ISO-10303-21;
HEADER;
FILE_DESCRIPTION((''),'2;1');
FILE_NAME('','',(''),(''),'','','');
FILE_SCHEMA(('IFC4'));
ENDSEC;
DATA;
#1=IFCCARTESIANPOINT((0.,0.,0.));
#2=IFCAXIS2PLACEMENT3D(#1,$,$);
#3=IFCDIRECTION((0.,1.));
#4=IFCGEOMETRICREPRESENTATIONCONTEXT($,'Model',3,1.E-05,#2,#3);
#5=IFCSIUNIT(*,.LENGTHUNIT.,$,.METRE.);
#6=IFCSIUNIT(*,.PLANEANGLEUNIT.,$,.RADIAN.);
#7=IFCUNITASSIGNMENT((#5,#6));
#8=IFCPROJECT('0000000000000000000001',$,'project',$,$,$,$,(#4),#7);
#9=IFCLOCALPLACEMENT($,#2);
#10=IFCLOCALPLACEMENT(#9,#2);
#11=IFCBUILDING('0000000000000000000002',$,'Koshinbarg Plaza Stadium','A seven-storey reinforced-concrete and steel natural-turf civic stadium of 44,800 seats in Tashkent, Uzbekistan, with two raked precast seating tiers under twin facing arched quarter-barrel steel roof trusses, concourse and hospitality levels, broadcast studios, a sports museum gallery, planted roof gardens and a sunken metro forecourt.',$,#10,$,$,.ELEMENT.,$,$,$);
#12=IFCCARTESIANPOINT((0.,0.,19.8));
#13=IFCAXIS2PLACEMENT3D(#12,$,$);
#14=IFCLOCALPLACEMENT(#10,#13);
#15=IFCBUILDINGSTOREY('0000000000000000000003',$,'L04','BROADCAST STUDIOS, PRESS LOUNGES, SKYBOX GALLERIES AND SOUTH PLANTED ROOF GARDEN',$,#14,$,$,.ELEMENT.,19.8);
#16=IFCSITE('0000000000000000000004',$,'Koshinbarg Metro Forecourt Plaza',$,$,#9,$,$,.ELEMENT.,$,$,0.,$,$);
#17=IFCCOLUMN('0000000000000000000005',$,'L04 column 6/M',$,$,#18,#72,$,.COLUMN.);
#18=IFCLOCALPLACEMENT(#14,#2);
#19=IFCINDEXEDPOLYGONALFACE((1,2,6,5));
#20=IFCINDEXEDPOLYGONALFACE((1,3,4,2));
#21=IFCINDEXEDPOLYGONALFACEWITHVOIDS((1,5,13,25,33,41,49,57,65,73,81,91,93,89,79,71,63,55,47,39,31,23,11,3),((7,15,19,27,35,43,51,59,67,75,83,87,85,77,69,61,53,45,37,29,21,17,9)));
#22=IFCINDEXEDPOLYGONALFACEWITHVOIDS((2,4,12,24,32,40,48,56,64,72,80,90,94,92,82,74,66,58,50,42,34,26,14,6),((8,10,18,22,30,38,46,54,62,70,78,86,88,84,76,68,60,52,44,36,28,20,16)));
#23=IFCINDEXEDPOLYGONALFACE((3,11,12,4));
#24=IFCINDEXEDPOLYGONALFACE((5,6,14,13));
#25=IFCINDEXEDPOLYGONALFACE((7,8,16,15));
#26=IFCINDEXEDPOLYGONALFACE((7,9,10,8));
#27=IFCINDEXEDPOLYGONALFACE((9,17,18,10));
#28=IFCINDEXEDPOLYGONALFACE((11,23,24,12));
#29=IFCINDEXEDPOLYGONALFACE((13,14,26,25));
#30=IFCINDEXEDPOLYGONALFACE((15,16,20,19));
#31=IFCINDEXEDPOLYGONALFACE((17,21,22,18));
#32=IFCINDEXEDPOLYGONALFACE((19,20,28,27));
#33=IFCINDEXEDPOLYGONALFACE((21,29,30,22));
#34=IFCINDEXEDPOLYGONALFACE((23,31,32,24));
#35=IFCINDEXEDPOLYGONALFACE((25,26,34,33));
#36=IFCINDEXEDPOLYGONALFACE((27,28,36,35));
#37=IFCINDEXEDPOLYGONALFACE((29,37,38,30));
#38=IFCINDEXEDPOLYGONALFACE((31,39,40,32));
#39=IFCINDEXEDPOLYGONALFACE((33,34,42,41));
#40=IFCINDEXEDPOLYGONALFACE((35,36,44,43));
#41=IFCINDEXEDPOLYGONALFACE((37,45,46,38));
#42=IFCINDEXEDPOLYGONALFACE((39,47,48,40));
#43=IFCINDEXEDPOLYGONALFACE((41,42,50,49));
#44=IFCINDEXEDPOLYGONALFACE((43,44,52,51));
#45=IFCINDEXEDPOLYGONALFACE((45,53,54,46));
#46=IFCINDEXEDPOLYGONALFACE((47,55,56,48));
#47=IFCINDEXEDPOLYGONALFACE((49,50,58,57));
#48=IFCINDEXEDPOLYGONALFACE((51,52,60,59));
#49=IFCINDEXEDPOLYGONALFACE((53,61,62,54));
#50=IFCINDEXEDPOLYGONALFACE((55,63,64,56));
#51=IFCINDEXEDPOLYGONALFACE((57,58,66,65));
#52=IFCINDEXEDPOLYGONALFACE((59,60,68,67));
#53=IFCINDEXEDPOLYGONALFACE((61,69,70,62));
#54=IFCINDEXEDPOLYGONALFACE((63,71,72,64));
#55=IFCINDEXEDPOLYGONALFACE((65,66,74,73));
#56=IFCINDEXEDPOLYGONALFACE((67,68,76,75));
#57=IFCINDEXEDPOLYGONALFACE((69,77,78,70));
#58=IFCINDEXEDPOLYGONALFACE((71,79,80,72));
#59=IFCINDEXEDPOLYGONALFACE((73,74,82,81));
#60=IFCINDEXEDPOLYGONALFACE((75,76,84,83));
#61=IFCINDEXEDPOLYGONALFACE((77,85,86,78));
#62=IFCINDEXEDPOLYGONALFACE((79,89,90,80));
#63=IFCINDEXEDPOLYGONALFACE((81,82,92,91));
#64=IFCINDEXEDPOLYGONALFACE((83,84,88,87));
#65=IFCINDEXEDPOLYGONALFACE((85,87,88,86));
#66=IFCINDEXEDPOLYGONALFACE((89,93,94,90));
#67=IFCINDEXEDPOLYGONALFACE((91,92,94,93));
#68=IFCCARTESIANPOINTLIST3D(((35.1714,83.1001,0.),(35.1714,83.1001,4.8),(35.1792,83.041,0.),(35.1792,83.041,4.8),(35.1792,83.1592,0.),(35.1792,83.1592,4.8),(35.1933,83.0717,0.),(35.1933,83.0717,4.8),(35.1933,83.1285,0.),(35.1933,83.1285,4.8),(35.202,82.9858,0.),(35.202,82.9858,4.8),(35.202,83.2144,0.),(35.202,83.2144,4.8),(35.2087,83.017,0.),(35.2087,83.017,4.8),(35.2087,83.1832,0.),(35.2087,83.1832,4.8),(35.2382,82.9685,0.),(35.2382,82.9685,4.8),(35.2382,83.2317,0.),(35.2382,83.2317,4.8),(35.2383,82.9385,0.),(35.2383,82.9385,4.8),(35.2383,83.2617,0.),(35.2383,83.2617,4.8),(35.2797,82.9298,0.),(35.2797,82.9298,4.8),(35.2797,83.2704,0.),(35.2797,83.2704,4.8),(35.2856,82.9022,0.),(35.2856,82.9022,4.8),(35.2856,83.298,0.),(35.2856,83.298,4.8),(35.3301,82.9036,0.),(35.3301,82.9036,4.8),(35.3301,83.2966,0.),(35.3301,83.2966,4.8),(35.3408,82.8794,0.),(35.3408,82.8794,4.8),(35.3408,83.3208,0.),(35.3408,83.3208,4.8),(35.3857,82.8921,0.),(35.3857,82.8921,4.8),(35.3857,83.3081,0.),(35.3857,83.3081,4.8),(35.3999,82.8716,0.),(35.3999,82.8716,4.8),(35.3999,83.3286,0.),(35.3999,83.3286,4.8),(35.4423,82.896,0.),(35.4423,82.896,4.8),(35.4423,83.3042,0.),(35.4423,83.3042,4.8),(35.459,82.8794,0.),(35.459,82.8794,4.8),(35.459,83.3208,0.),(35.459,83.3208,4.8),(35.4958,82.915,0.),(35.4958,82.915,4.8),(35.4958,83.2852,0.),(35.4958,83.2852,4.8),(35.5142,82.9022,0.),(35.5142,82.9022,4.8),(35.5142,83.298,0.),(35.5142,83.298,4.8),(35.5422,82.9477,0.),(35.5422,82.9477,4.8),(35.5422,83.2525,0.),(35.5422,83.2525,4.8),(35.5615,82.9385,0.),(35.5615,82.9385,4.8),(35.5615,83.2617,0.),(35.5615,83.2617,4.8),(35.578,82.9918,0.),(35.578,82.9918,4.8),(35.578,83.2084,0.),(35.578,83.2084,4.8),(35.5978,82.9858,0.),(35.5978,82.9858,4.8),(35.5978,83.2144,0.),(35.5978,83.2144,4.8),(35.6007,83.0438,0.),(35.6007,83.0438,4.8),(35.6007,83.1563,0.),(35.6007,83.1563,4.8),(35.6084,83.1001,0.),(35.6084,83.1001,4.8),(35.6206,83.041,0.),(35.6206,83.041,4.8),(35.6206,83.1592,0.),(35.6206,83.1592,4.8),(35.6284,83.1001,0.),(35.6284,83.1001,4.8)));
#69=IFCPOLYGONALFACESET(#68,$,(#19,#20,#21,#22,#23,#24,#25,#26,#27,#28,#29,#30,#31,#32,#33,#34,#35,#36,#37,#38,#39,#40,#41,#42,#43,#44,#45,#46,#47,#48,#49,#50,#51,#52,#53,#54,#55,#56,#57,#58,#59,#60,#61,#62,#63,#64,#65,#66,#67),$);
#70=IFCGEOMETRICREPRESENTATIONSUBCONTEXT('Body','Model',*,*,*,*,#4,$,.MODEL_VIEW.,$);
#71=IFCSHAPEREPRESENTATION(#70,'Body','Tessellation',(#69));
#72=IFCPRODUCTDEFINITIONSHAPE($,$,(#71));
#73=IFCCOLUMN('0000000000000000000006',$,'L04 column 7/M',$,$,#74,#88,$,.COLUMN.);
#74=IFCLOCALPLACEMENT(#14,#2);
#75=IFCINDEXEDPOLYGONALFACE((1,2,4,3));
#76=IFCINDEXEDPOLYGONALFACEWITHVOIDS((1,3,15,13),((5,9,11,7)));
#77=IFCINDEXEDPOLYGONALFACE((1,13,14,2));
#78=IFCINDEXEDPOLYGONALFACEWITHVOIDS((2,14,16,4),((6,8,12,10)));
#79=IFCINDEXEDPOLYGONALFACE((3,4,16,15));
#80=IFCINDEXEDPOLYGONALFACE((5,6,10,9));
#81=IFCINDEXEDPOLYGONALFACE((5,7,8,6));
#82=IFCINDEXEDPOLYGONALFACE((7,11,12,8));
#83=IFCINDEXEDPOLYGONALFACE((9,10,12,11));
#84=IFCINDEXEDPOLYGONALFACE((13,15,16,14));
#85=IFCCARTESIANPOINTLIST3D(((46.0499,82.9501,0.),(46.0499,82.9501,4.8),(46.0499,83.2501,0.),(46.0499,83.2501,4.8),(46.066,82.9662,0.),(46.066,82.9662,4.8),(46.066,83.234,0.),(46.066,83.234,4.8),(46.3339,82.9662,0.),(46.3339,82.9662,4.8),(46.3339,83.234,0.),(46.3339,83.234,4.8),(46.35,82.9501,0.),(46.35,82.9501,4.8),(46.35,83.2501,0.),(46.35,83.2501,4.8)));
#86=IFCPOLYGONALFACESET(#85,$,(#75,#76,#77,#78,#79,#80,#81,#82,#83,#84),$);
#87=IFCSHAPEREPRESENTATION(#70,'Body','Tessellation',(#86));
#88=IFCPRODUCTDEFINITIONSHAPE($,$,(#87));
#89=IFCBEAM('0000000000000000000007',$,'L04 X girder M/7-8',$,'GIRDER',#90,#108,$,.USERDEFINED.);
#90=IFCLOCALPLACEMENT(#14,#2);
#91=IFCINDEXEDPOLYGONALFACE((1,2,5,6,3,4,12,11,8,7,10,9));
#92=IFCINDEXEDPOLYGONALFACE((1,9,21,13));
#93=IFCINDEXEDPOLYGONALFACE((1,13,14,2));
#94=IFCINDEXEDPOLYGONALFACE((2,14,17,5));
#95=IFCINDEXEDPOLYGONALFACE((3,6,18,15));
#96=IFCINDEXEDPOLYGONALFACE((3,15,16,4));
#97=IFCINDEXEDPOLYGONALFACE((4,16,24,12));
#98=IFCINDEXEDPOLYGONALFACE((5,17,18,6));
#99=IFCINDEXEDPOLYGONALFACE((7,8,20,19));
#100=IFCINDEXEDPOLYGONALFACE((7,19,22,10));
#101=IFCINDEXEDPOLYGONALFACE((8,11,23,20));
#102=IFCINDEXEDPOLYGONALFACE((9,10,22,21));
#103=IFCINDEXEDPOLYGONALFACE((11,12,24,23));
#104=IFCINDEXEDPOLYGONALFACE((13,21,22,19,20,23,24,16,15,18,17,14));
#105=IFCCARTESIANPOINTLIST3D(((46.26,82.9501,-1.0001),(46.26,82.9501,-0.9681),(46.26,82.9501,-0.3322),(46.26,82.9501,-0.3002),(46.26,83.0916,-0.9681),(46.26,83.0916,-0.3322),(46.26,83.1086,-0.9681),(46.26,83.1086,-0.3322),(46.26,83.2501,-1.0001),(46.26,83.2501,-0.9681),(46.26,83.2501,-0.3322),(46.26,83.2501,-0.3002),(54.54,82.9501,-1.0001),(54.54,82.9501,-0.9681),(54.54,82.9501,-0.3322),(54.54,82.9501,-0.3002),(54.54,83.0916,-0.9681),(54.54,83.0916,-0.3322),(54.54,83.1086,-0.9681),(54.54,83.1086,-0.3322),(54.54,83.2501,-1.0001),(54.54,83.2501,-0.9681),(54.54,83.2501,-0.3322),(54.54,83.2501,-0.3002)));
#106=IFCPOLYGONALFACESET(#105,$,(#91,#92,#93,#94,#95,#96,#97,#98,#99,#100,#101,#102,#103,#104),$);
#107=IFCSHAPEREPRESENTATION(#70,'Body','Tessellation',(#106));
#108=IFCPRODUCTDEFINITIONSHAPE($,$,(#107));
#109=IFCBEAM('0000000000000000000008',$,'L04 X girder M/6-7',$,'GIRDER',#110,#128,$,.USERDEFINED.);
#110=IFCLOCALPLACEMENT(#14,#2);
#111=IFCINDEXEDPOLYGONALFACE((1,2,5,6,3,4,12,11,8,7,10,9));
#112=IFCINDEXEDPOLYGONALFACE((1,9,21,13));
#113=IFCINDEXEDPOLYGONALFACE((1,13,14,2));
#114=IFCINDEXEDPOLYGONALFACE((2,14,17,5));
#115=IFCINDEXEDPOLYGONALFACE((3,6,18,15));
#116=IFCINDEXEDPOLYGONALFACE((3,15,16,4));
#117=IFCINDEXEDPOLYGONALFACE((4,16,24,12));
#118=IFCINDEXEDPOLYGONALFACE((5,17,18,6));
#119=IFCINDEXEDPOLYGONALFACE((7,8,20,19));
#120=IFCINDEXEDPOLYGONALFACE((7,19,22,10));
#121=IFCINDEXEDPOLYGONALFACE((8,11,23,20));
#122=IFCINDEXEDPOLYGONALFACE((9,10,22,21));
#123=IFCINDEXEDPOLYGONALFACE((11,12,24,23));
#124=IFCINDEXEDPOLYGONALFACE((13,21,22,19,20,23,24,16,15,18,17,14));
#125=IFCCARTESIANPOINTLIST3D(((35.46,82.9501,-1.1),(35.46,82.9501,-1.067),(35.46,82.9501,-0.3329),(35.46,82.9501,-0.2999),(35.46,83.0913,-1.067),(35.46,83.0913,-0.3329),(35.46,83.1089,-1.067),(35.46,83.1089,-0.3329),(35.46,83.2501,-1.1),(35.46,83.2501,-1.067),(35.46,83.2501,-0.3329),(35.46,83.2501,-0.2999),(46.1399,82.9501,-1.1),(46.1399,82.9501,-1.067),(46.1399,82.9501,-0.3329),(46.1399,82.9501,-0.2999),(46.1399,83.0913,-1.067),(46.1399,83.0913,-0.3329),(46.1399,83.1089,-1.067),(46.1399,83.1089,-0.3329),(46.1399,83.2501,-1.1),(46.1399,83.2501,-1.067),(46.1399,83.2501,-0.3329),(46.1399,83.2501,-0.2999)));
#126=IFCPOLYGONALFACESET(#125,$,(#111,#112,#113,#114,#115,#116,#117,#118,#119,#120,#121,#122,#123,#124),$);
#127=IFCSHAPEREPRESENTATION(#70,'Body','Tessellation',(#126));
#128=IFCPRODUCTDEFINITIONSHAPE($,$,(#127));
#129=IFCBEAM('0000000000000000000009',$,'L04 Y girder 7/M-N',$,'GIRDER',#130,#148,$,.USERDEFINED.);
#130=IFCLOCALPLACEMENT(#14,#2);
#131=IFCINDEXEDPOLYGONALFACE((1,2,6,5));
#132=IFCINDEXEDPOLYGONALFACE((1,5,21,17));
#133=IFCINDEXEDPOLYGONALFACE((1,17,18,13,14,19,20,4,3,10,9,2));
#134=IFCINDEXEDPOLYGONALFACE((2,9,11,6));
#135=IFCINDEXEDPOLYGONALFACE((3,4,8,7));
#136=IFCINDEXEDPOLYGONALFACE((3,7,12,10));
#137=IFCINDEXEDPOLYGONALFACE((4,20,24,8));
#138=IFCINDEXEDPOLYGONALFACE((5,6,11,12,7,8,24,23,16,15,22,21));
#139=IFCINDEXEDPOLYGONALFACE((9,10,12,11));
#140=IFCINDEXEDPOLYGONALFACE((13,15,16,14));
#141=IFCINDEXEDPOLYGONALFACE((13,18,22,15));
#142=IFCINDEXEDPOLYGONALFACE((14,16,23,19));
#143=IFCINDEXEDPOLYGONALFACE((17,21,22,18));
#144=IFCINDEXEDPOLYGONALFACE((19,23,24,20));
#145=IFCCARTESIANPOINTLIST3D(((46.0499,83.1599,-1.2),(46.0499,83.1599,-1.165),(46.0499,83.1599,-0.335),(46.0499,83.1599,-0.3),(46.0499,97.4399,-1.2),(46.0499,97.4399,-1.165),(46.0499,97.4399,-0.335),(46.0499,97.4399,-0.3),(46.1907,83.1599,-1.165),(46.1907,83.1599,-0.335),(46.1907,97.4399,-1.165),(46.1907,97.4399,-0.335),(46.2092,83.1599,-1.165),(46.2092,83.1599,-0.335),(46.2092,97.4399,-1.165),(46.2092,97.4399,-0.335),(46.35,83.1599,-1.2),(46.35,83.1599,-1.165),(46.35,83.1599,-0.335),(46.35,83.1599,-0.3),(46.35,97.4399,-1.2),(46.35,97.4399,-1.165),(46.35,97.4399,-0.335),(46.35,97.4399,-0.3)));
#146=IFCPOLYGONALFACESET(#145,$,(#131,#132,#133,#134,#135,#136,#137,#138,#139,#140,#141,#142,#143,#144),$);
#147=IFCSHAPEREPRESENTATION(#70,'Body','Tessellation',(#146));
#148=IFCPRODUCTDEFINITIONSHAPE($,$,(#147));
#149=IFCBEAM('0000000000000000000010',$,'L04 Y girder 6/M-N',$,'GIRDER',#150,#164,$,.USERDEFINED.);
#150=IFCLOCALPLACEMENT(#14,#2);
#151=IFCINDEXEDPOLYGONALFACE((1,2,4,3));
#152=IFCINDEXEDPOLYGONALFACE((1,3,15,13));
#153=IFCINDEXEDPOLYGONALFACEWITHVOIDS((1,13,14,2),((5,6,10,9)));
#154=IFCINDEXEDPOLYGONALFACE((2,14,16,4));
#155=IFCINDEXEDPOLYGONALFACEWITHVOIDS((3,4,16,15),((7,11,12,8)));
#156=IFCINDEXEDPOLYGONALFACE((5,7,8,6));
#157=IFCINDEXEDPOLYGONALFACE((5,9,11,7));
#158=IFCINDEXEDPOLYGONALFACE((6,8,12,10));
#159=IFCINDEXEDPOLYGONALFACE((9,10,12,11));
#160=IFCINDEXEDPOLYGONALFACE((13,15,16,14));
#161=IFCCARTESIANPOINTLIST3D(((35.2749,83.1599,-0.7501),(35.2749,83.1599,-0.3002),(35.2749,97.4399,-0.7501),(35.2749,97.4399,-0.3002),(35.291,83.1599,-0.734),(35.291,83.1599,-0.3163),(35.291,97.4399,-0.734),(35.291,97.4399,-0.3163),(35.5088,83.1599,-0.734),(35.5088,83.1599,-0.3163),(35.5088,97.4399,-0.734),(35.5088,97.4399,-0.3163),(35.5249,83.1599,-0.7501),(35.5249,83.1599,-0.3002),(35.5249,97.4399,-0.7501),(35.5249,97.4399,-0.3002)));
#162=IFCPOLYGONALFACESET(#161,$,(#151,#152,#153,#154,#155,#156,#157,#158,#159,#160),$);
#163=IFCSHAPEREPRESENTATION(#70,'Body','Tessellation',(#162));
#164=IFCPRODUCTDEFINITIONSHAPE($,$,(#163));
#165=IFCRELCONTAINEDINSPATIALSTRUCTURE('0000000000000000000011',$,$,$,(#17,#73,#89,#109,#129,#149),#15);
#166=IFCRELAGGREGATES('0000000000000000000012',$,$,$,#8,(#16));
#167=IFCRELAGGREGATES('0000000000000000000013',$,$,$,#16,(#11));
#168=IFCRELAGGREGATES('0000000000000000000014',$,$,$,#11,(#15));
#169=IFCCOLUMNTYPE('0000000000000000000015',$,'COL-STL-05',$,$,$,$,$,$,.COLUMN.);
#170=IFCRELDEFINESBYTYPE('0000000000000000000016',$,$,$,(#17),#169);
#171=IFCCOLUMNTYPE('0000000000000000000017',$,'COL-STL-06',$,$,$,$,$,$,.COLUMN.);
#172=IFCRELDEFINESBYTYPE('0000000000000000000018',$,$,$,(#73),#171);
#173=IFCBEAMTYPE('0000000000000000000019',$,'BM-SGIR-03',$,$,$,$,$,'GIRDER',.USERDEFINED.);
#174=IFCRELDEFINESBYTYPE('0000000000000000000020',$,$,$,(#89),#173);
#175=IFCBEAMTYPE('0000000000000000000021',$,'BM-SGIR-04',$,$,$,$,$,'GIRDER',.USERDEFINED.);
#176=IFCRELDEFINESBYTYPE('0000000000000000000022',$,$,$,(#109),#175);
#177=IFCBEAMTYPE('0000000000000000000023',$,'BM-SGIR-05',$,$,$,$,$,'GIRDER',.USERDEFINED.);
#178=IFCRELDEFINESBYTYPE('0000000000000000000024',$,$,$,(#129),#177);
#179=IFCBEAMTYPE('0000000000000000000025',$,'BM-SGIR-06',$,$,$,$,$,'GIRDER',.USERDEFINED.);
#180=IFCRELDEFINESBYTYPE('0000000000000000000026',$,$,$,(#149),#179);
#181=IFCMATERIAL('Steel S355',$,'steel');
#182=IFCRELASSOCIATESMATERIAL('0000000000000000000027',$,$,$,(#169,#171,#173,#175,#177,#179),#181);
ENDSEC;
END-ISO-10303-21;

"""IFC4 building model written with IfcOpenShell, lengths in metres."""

from ifc_helpers import new_model, si_unit, direction, frame, origin, origin_2d, place, context, subcontext, project, spatial, hollow_rectangle, hollow_circle, i_section, extrude, material, material_profile, profile_set, type_object, element, save


model = new_model("IFC4")

# Units and contexts
model_context = context("Model", 3, precision=1e-05, world=origin(), true_north=direction((0.0, 1.0)))
body_context = subcontext(model_context, "Body", "Model", "MODEL_VIEW")
ifc_project = project(units=[si_unit("LENGTHUNIT", "METRE"), si_unit("PLANEANGLEUNIT", "RADIAN")], contexts=[model_context])

# Site, building, storey
site_placement = place(None, origin())
site = spatial("IfcSite", under=ifc_project, at=site_placement, Name="Koshinbarg Metro Forecourt Plaza", CompositionType="ELEMENT", RefElevation=0.0)
building_placement = place(site_placement, origin())
building = spatial("IfcBuilding", under=site, at=building_placement, Name="Koshinbarg Plaza Stadium", Description="A seven-storey reinforced-concrete and steel natural-turf civic stadium of 44,800 seats in Tashkent, Uzbekistan, with two raked precast seating tiers under twin facing arched quarter-barrel steel roof trusses, concourse and hospitality levels, broadcast studios, a sports museum gallery, planted roof gardens and a sunken metro forecourt.", CompositionType="ELEMENT")
storey_placement = place(building_placement, frame((0.0, 0.0, 19.8)))
storey = spatial("IfcBuildingStorey", under=building, at=storey_placement, Name="L04", Description="BROADCAST STUDIOS, PRESS LOUNGES, SKYBOX GALLERIES AND SOUTH PLANTED ROOF GARDEN", CompositionType="ELEMENT", Elevation=19.8)

# Columns
ifc_material_1 = material(Name="Steel S355", Category="steel")
ifc_material_profile_1 = material_profile(ifc_material_1, hollow_circle(Radius=0.2285, WallThickness=0.02, at=origin_2d()), Name="CHS 457x20")
ifc_profile_set_1 = profile_set([ifc_material_profile_1], Name="Steel S355")
column_type_1 = type_object("IfcColumnType", Name="COL-STL-05", PredefinedType="COLUMN", material=ifc_profile_set_1)
column_1_placement = place(storey_placement, frame((35.3999, 83.1001, 0.0), z_axis=(0.0, 0.0, 1.0), x_axis=(1.0, 0.0, 0.0)))
element("IfcColumn", 1, at=column_1_placement, inside=storey, type_object=column_type_1, Name="L04 column 6/M", PredefinedType="COLUMN", context=body_context, shape_type="SweptSolid", body=[
    extrude(hollow_circle(Radius=0.2285, WallThickness=0.02, at=origin_2d()), origin(), (0.0, 0.0, 1.0), 4.8),
])
ifc_material_profile_2 = material_profile(ifc_material_1, hollow_rectangle(XDim=0.3, YDim=0.3, WallThickness=0.0161, at=origin_2d()), Name="SHS 300x300x16")
ifc_profile_set_2 = profile_set([ifc_material_profile_2], Name="Steel S355")
column_type_2 = type_object("IfcColumnType", Name="COL-STL-06", PredefinedType="COLUMN", material=ifc_profile_set_2)
column_2_placement = place(storey_placement, frame((46.2, 83.1001, 0.0), z_axis=(0.0, 0.0, 1.0), x_axis=(1.0, 0.0, 0.0)))
element("IfcColumn", 2, at=column_2_placement, inside=storey, type_object=column_type_2, Name="L04 column 7/M", PredefinedType="COLUMN", context=body_context, shape_type="SweptSolid", body=[
    extrude(hollow_rectangle(XDim=0.3, YDim=0.3, WallThickness=0.0161, at=origin_2d()), origin(), (0.0, 0.0, 1.0), 4.8),
])

# Beams
ifc_material_profile_3 = material_profile(ifc_material_1, i_section(OverallWidth=0.3, OverallDepth=0.7, WebThickness=0.0171, FlangeThickness=0.032, at=origin_2d()), Name="HEB 700")
ifc_profile_set_3 = profile_set([ifc_material_profile_3], Name="Steel S355")
beam_type_1 = type_object("IfcBeamType", Name="BM-SGIR-03", ElementType="GIRDER", PredefinedType="USERDEFINED", material=ifc_profile_set_3)
beam_1_placement = place(storey_placement, frame((46.26, 83.1001, -0.6501), z_axis=(1.0, 0.0, 0.0), x_axis=(0.0, 1.0, 0.0)))
element("IfcBeam", 3, at=beam_1_placement, inside=storey, type_object=beam_type_1, Name="L04 X girder M/7-8", ObjectType="GIRDER", PredefinedType="USERDEFINED", context=body_context, shape_type="SweptSolid", body=[
    extrude(i_section(OverallWidth=0.3, OverallDepth=0.7, WebThickness=0.0171, FlangeThickness=0.032, at=origin_2d()), origin(), (0.0, 0.0, 1.0), 8.28),
])
ifc_material_profile_4 = material_profile(ifc_material_1, i_section(OverallWidth=0.3, OverallDepth=0.8, WebThickness=0.0176, FlangeThickness=0.033, at=origin_2d()), Name="HEB 800")
ifc_profile_set_4 = profile_set([ifc_material_profile_4], Name="Steel S355")
beam_type_2 = type_object("IfcBeamType", Name="BM-SGIR-04", ElementType="GIRDER", PredefinedType="USERDEFINED", material=ifc_profile_set_4)
beam_2_placement = place(storey_placement, frame((35.46, 83.1001, -0.7), z_axis=(1.0, 0.0, 0.0), x_axis=(0.0, 1.0, 0.0)))
element("IfcBeam", 4, at=beam_2_placement, inside=storey, type_object=beam_type_2, Name="L04 X girder M/6-7", ObjectType="GIRDER", PredefinedType="USERDEFINED", context=body_context, shape_type="SweptSolid", body=[
    extrude(i_section(OverallWidth=0.3, OverallDepth=0.8, WebThickness=0.0176, FlangeThickness=0.033, at=origin_2d()), origin(), (0.0, 0.0, 1.0), 10.6799),
])
ifc_material_profile_5 = material_profile(ifc_material_1, i_section(OverallWidth=0.3, OverallDepth=0.8999, WebThickness=0.0186, FlangeThickness=0.0349, at=origin_2d()), Name="HEB 900")
ifc_profile_set_5 = profile_set([ifc_material_profile_5], Name="Steel S355")
beam_type_3 = type_object("IfcBeamType", Name="BM-SGIR-05", ElementType="GIRDER", PredefinedType="USERDEFINED", material=ifc_profile_set_5)
beam_3_placement = place(storey_placement, frame((46.2, 83.1599, -0.75), z_axis=(0.0, 1.0, 0.0), x_axis=(-1.0, 0.0, 0.0)))
element("IfcBeam", 5, at=beam_3_placement, inside=storey, type_object=beam_type_3, Name="L04 Y girder 7/M-N", ObjectType="GIRDER", PredefinedType="USERDEFINED", context=body_context, shape_type="SweptSolid", body=[
    extrude(i_section(OverallWidth=0.3, OverallDepth=0.8999, WebThickness=0.0186, FlangeThickness=0.0349, at=origin_2d()), origin(), (0.0, 0.0, 1.0), 14.28),
])
ifc_material_profile_6 = material_profile(ifc_material_1, hollow_rectangle(XDim=0.25, YDim=0.45, WallThickness=0.0161, at=origin_2d()), Name="RHS 450x250x16")
ifc_profile_set_6 = profile_set([ifc_material_profile_6], Name="Steel S355")
beam_type_4 = type_object("IfcBeamType", Name="BM-SGIR-06", ElementType="GIRDER", PredefinedType="USERDEFINED", material=ifc_profile_set_6)
beam_4_placement = place(storey_placement, frame((35.3999, 83.1599, -0.5251), z_axis=(0.0, 1.0, 0.0), x_axis=(-1.0, 0.0, 0.0)))
element("IfcBeam", 6, at=beam_4_placement, inside=storey, type_object=beam_type_4, Name="L04 Y girder 6/M-N", ObjectType="GIRDER", PredefinedType="USERDEFINED", context=body_context, shape_type="SweptSolid", body=[
    extrude(hollow_rectangle(XDim=0.25, YDim=0.45, WallThickness=0.0161, at=origin_2d()), origin(), (0.0, 0.0, 1.0), 14.28),
])

save(model, "model.ifc")
